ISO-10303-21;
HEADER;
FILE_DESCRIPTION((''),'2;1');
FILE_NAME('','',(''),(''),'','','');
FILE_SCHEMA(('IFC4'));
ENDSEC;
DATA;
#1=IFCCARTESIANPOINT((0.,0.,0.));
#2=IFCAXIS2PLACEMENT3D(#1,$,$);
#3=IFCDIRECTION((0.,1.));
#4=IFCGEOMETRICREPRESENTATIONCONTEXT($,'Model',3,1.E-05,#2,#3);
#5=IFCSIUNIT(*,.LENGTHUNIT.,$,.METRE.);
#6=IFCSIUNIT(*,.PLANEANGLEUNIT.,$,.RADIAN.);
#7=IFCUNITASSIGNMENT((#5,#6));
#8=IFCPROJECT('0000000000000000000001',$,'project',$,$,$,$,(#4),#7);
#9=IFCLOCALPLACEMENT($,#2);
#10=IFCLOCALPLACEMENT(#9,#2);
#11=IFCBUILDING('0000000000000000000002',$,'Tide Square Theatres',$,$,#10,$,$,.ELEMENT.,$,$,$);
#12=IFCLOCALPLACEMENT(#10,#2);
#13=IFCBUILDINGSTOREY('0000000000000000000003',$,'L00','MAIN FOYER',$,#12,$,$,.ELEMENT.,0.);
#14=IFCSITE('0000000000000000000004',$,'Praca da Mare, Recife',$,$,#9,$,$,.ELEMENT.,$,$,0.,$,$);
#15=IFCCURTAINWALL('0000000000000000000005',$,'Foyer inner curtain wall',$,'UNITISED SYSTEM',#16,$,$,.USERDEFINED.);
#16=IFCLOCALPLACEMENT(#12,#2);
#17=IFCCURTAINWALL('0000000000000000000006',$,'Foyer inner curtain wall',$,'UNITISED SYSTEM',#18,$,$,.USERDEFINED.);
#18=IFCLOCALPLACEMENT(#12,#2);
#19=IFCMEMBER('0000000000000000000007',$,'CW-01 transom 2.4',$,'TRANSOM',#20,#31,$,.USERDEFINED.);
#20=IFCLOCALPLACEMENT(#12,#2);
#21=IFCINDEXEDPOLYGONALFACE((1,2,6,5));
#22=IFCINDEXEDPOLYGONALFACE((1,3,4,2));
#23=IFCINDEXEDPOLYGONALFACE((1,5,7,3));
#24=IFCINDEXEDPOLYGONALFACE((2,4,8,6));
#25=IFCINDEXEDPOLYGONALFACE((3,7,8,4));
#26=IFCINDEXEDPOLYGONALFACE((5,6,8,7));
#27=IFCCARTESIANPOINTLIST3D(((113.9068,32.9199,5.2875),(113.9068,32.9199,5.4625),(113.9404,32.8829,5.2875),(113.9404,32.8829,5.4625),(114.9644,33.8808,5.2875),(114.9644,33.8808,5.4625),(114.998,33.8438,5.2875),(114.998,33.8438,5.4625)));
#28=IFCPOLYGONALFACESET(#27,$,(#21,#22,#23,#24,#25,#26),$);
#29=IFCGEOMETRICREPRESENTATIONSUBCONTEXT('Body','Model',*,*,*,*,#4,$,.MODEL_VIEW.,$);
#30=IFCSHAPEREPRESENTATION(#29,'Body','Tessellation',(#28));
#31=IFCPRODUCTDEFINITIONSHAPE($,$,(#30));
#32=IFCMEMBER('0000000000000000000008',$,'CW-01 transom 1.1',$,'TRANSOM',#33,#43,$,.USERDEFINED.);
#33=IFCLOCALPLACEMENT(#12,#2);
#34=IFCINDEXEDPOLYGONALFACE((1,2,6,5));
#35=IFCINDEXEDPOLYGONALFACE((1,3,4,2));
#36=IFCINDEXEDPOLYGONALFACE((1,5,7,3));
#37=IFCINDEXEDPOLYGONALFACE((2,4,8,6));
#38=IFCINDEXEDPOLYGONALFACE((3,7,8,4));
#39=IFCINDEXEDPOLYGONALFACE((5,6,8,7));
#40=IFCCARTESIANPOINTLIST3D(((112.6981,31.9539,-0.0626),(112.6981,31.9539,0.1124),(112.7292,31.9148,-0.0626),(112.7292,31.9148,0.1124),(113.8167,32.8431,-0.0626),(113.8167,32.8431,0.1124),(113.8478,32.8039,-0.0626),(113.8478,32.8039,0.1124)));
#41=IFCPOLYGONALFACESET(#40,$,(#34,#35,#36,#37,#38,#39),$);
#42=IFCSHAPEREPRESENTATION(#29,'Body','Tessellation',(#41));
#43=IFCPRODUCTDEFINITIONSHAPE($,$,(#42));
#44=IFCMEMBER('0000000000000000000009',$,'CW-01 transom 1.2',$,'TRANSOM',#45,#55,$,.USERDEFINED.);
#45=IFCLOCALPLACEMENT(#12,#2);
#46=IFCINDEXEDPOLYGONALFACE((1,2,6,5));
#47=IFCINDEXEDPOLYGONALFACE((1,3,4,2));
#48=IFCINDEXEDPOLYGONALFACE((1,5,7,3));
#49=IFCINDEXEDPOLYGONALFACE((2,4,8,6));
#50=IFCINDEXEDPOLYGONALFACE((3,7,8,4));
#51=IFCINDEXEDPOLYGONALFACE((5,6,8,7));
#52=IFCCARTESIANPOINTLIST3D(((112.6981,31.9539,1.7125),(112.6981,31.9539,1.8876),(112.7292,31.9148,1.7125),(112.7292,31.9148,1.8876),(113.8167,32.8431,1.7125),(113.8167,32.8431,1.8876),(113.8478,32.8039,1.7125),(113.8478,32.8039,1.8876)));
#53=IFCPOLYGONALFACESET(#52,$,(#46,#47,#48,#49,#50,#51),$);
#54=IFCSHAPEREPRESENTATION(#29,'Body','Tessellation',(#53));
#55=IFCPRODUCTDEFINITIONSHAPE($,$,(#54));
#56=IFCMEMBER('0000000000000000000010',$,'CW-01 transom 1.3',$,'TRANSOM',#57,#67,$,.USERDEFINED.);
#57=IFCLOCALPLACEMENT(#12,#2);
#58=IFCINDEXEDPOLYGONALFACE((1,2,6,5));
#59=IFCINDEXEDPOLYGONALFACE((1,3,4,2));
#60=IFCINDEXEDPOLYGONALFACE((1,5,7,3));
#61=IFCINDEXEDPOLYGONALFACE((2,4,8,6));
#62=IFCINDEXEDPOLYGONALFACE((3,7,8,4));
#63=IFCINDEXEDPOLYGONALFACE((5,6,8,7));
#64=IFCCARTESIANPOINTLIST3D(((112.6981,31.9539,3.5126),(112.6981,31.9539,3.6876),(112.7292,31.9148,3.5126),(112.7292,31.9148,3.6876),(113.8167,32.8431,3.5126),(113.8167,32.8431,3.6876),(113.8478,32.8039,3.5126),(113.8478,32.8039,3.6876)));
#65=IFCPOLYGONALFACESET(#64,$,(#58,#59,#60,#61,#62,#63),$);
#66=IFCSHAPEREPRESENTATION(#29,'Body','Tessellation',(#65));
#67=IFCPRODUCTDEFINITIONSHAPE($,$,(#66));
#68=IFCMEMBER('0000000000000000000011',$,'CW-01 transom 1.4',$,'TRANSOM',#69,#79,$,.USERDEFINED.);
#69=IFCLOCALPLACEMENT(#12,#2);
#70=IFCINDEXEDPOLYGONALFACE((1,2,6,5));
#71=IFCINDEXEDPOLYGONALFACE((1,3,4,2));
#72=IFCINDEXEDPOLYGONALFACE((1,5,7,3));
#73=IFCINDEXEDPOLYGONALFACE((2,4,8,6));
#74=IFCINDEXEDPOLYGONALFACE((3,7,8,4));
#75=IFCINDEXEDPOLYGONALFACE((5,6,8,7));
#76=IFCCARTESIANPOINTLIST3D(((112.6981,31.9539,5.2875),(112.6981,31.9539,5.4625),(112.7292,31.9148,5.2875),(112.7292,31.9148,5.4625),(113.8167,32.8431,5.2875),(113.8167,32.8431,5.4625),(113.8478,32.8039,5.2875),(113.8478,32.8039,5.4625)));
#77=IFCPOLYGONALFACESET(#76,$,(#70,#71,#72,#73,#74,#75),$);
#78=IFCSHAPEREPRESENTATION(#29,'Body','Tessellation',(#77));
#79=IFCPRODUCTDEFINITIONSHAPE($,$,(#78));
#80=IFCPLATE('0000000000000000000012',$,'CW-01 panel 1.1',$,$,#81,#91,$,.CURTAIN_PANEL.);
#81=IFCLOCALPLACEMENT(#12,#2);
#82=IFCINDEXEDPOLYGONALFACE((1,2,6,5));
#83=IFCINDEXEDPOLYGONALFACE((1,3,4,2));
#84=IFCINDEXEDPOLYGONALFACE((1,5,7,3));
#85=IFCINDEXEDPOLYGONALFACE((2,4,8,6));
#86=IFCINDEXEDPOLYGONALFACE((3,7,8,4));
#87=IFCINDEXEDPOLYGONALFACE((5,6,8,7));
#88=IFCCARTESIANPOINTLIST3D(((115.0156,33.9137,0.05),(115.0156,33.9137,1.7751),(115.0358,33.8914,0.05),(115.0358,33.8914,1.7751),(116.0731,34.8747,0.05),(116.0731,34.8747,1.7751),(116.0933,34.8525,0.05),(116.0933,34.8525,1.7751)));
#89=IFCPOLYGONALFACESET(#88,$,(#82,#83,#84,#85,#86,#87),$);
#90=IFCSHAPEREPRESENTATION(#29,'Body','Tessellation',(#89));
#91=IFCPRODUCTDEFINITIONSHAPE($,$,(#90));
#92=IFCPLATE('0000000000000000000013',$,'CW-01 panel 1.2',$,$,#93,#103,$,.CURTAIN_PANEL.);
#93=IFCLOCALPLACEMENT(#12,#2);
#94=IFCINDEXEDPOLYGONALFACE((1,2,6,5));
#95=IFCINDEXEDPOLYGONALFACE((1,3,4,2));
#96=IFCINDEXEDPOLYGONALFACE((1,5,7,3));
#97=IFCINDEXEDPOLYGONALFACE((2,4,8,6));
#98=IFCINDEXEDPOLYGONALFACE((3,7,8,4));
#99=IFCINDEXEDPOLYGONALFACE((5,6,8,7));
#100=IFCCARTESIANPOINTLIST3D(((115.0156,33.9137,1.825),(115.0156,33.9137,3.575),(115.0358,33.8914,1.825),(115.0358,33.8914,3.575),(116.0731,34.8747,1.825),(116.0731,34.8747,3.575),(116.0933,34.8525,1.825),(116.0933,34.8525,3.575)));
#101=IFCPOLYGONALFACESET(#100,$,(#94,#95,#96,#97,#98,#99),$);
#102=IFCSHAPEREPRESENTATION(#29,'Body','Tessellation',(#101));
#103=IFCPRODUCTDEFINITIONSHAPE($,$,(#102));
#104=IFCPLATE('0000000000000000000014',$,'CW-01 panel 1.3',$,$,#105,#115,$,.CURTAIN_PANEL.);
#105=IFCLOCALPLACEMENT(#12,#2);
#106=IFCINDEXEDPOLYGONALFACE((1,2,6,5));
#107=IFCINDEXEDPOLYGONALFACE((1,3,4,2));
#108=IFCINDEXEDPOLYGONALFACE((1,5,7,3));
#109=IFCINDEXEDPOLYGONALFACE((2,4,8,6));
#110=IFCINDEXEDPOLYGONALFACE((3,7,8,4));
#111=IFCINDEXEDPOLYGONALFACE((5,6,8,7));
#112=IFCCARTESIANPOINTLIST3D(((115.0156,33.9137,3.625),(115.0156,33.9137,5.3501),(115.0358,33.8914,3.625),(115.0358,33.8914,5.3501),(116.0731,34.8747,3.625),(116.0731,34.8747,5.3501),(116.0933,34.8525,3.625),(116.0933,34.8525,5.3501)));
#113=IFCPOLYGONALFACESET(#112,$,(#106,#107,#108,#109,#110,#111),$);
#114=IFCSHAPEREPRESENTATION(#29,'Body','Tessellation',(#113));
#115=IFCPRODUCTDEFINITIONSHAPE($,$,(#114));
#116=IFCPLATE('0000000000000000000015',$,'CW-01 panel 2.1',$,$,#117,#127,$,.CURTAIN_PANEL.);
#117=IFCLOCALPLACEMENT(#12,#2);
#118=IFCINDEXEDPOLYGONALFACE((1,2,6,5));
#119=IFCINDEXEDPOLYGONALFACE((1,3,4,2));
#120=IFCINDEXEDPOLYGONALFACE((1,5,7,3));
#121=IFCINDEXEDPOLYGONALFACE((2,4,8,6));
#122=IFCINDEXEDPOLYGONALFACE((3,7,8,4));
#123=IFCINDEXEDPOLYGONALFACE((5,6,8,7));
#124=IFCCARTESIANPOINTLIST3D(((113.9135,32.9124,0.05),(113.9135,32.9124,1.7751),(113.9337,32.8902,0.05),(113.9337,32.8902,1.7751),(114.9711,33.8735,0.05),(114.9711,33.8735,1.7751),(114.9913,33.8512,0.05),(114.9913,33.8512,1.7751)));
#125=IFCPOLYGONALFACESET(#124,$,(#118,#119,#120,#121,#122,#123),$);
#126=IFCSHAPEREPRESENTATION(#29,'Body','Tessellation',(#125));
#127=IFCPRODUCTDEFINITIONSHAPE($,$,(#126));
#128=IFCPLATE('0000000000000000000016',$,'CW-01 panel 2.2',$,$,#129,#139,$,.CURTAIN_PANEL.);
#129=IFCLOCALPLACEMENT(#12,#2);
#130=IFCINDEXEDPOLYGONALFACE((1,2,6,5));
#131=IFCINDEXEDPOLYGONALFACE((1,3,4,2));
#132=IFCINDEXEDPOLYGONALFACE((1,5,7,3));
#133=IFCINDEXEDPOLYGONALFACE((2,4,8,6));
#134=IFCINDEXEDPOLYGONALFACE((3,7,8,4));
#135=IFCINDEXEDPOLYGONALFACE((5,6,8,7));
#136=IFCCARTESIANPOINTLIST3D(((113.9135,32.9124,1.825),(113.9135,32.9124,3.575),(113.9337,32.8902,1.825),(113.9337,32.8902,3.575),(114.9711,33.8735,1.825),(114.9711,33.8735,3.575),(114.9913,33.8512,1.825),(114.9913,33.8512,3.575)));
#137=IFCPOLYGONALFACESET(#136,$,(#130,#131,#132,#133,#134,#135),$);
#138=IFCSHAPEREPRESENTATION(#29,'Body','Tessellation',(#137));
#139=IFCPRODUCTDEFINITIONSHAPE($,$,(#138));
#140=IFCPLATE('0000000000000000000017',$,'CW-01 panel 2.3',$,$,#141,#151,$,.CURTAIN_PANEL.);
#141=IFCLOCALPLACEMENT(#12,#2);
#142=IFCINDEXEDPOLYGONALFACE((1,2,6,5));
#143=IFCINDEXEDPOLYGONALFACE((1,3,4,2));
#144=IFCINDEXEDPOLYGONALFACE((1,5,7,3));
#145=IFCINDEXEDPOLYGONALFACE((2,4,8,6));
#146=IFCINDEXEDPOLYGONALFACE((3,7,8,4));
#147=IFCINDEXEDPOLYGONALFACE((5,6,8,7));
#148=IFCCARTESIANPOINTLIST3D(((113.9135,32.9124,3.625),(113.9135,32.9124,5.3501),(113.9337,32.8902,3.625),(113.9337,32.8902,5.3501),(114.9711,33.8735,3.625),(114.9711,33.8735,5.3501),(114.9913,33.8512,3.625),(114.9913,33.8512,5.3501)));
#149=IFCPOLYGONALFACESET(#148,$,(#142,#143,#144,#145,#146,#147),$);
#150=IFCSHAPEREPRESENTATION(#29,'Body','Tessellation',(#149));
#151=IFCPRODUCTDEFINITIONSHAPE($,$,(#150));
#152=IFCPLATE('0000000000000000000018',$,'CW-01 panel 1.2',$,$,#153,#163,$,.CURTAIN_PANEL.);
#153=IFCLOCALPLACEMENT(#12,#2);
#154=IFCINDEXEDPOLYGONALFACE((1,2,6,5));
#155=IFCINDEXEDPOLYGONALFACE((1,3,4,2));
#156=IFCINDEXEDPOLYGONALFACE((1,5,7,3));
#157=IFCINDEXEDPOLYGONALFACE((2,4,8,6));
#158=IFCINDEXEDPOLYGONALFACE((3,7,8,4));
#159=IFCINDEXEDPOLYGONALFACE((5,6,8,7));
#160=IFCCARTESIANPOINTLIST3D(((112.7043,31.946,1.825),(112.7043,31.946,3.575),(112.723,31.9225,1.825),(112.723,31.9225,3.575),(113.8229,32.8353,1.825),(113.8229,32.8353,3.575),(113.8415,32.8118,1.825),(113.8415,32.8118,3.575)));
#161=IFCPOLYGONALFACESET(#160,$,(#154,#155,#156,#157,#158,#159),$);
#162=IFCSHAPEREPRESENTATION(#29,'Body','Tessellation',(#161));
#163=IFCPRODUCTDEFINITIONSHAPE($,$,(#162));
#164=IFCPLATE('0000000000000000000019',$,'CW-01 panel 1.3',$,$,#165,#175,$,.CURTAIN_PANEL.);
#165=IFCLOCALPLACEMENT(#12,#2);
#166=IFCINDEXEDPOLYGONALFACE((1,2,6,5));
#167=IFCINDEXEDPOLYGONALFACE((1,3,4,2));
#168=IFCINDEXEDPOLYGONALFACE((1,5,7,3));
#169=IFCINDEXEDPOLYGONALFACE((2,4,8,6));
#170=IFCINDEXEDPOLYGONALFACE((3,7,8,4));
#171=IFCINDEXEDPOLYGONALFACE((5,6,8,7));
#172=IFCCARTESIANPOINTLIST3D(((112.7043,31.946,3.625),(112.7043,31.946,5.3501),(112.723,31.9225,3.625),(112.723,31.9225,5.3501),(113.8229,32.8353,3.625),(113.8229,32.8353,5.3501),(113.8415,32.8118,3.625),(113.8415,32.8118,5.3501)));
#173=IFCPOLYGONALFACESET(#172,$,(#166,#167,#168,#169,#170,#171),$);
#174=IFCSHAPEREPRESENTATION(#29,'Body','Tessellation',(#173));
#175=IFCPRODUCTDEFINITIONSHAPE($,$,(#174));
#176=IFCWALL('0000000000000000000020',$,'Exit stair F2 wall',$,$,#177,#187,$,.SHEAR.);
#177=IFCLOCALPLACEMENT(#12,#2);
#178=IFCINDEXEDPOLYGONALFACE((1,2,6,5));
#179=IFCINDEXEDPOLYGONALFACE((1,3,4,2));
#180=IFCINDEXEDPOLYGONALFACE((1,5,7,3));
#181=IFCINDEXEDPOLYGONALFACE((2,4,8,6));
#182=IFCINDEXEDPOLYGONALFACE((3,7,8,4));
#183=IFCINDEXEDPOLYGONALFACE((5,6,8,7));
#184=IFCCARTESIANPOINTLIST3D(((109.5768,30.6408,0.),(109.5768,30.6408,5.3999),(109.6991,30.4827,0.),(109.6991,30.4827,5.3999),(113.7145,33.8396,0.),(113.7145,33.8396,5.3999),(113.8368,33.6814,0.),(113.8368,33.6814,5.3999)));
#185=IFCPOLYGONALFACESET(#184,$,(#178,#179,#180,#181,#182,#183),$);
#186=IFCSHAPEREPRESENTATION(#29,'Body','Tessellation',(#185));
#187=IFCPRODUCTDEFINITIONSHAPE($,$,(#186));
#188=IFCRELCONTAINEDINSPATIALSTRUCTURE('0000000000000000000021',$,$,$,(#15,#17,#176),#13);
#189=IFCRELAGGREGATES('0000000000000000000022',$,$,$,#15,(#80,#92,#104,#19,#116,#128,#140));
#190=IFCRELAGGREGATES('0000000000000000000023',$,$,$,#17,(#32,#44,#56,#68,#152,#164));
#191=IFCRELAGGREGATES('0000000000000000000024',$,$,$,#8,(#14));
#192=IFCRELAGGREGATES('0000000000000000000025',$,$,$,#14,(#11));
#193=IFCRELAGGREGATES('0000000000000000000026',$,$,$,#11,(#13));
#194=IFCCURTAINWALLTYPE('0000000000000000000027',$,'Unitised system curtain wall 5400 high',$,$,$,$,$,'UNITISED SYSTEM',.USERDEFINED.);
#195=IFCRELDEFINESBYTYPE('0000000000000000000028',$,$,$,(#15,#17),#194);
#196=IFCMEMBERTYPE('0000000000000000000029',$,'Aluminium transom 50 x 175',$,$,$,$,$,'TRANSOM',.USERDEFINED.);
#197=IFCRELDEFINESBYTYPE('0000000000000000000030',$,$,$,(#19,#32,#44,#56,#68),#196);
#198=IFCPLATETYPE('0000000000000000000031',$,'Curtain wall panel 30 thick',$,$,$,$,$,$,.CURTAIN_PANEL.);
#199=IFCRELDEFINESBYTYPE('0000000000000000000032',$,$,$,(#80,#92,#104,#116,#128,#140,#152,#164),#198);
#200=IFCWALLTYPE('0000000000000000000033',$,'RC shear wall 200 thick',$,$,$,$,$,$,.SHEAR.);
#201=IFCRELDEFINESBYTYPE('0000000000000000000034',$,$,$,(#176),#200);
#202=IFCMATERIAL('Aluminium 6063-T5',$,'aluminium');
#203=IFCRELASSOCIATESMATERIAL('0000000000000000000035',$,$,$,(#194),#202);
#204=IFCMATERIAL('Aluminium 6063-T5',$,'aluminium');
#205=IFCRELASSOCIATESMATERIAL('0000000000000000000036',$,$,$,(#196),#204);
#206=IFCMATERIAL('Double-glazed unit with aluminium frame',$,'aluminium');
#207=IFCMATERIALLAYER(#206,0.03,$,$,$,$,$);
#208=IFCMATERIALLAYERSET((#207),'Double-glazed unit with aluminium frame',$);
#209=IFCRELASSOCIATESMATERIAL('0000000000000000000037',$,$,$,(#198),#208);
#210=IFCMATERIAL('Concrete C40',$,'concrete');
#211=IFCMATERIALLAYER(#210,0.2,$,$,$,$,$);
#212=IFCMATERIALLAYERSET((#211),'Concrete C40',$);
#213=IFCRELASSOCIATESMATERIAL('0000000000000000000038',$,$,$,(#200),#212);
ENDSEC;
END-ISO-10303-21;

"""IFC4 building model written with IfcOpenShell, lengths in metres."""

from ifc_helpers import new_model, si_unit, direction, frame, frame_2d, origin, origin_2d, place, context, subcontext, project, spatial, rectangle, extrude, material, layer, layer_set, material_profile, profile_set, type_object, element, aggregate, save


model = new_model("IFC4")

# Units and contexts
model_context = context("Model", 3, precision=1e-05, world=origin(), true_north=direction((0.0, 1.0)))
body_context = subcontext(model_context, "Body", "Model", "MODEL_VIEW")
ifc_project = project(units=[si_unit("LENGTHUNIT", "METRE"), si_unit("PLANEANGLEUNIT", "RADIAN")], contexts=[model_context])

# Site, building, storey
site_placement = place(None, origin())
site = spatial("IfcSite", under=ifc_project, at=site_placement, Name="Praca da Mare, Recife", CompositionType="ELEMENT", RefElevation=0.0)
building_placement = place(site_placement, origin())
building = spatial("IfcBuilding", under=site, at=building_placement, Name="Tide Square Theatres", CompositionType="ELEMENT")
storey_placement = place(building_placement, origin())
storey = spatial("IfcBuildingStorey", under=building, at=storey_placement, Name="L00", Description="MAIN FOYER", CompositionType="ELEMENT", Elevation=0.0)

# Curtain wall
ifc_material_1 = material(Name="Aluminium 6063-T5", Category="aluminium")
curtain_wall_type = type_object("IfcCurtainWallType", Name="Unitised system curtain wall 5400 high", ElementType="UNITISED SYSTEM", PredefinedType="USERDEFINED", material=ifc_material_1)
curtain_wall_1_placement = place(storey_placement, origin())
curtain_wall_1 = element("IfcCurtainWall", 1, at=curtain_wall_1_placement, inside=storey, type_object=curtain_wall_type, Name="Foyer inner curtain wall", ObjectType="UNITISED SYSTEM", PredefinedType="USERDEFINED")

# Curtain wall
curtain_wall_2_placement = place(storey_placement, origin())
curtain_wall_2 = element("IfcCurtainWall", 2, at=curtain_wall_2_placement, inside=storey, type_object=curtain_wall_type, Name="Foyer inner curtain wall", ObjectType="UNITISED SYSTEM", PredefinedType="USERDEFINED")

# Members
ifc_material_2 = material(Name="Aluminium 6063-T5", Category="aluminium")
ifc_material_profile_1 = material_profile(ifc_material_2, rectangle(XDim=0.05, YDim=0.175, at=origin_2d()))
ifc_profile_set_1 = profile_set([ifc_material_profile_1], Name="Aluminium 6063-T5")
member_type_1 = type_object("IfcMemberType", Name="Aluminium transom 50 x 175", ElementType="TRANSOM", PredefinedType="USERDEFINED", material=ifc_profile_set_1)
member_1_placement = place(storey_placement, frame((114.9812, 33.8623, 5.375), z_axis=(-0.740126, -0.672469, 0.0), x_axis=(0.672469, -0.740126, 0.0)))
member_1 = element("IfcMember", 3, at=member_1_placement, type_object=member_type_1, Name="CW-01 transom 2.4", ObjectType="TRANSOM", PredefinedType="USERDEFINED", context=body_context, shape_type="SweptSolid", body=[
    extrude(rectangle(XDim=0.05, YDim=0.175, at=origin_2d()), origin(), (0.0, 0.0, 1.0), 1.429),
])
member_2_placement = place(storey_placement, frame((113.8323, 32.8235, 0.0249), z_axis=(-0.782832, -0.622233, 0.0), x_axis=(0.622233, -0.782832, 0.0)))
member_2 = element("IfcMember", 4, at=member_2_placement, type_object=member_type_1, Name="CW-01 transom 1.1", ObjectType="TRANSOM", PredefinedType="USERDEFINED", context=body_context, shape_type="SweptSolid", body=[
    extrude(rectangle(XDim=0.05, YDim=0.175, at=origin_2d()), origin(), (0.0, 0.0, 1.0), 1.429),
])
member_3_placement = place(storey_placement, frame((113.8323, 32.8235, 1.8), z_axis=(-0.782832, -0.622233, 0.0), x_axis=(0.622233, -0.782832, 0.0)))
member_3 = element("IfcMember", 5, at=member_3_placement, type_object=member_type_1, Name="CW-01 transom 1.2", ObjectType="TRANSOM", PredefinedType="USERDEFINED", context=body_context, shape_type="SweptSolid", body=[
    extrude(rectangle(XDim=0.05, YDim=0.175, at=origin_2d()), origin(), (0.0, 0.0, 1.0), 1.429),
])
member_4_placement = place(storey_placement, frame((113.8323, 32.8235, 3.6001), z_axis=(-0.782832, -0.622233, 0.0), x_axis=(0.622233, -0.782832, 0.0)))
member_4 = element("IfcMember", 6, at=member_4_placement, type_object=member_type_1, Name="CW-01 transom 1.3", ObjectType="TRANSOM", PredefinedType="USERDEFINED", context=body_context, shape_type="SweptSolid", body=[
    extrude(rectangle(XDim=0.05, YDim=0.175, at=origin_2d()), origin(), (0.0, 0.0, 1.0), 1.429),
])
member_5_placement = place(storey_placement, frame((113.8323, 32.8235, 5.375), z_axis=(-0.782832, -0.622233, 0.0), x_axis=(0.622233, -0.782832, 0.0)))
member_5 = element("IfcMember", 7, at=member_5_placement, type_object=member_type_1, Name="CW-01 transom 1.4", ObjectType="TRANSOM", PredefinedType="USERDEFINED", context=body_context, shape_type="SweptSolid", body=[
    extrude(rectangle(XDim=0.05, YDim=0.175, at=origin_2d()), origin(), (0.0, 0.0, 1.0), 1.429),
])

# Plates
ifc_material_3 = material(Name="Double-glazed unit with aluminium frame", Category="aluminium")
ifc_layer_1 = layer(ifc_material_3, 0.03)
ifc_layer_set_1 = layer_set([ifc_layer_1], Name="Double-glazed unit with aluminium frame")
plate_type = type_object("IfcPlateType", Name="Curtain wall panel 30 thick", PredefinedType="CURTAIN_PANEL", material=ifc_layer_set_1)
plate_1_placement = place(storey_placement, frame((115.5544, 34.3831, 0.05), z_axis=(0.0, 0.0, 1.0), x_axis=(-0.740073, -0.672527, 0.0)))
plate_1 = element("IfcPlate", 8, at=plate_1_placement, type_object=plate_type, Name="CW-01 panel 1.1", PredefinedType="CURTAIN_PANEL", context=body_context, shape_type="SweptSolid", body=[
    extrude(rectangle(XDim=1.429, YDim=0.03, at=origin_2d()), origin(), (0.0, 0.0, 1.0), 1.7251),
])
plate_2_placement = place(storey_placement, frame((115.5544, 34.3831, 1.825), z_axis=(0.0, 0.0, 1.0), x_axis=(-0.740073, -0.672527, 0.0)))
plate_2 = element("IfcPlate", 9, at=plate_2_placement, type_object=plate_type, Name="CW-01 panel 1.2", PredefinedType="CURTAIN_PANEL", context=body_context, shape_type="SweptSolid", body=[
    extrude(rectangle(XDim=1.429, YDim=0.03, at=origin_2d()), origin(), (0.0, 0.0, 1.0), 1.75),
])
plate_3_placement = place(storey_placement, frame((115.5544, 34.3831, 3.625), z_axis=(0.0, 0.0, 1.0), x_axis=(-0.740073, -0.672527, 0.0)))
plate_3 = element("IfcPlate", 10, at=plate_3_placement, type_object=plate_type, Name="CW-01 panel 1.3", PredefinedType="CURTAIN_PANEL", context=body_context, shape_type="SweptSolid", body=[
    extrude(rectangle(XDim=1.429, YDim=0.03, at=origin_2d()), origin(), (0.0, 0.0, 1.0), 1.7251),
])
plate_4_placement = place(storey_placement, frame((114.4524, 33.3818, 0.05), z_axis=(0.0, 0.0, 1.0), x_axis=(-0.740073, -0.672527, 0.0)))
plate_4 = element("IfcPlate", 11, at=plate_4_placement, type_object=plate_type, Name="CW-01 panel 2.1", PredefinedType="CURTAIN_PANEL", context=body_context, shape_type="SweptSolid", body=[
    extrude(rectangle(XDim=1.429, YDim=0.03, at=origin_2d()), origin(), (0.0, 0.0, 1.0), 1.7251),
])
plate_5_placement = place(storey_placement, frame((114.4524, 33.3818, 1.825), z_axis=(0.0, 0.0, 1.0), x_axis=(-0.740073, -0.672527, 0.0)))
plate_5 = element("IfcPlate", 12, at=plate_5_placement, type_object=plate_type, Name="CW-01 panel 2.2", PredefinedType="CURTAIN_PANEL", context=body_context, shape_type="SweptSolid", body=[
    extrude(rectangle(XDim=1.429, YDim=0.03, at=origin_2d()), origin(), (0.0, 0.0, 1.0), 1.75),
])
plate_6_placement = place(storey_placement, frame((114.4524, 33.3818, 3.625), z_axis=(0.0, 0.0, 1.0), x_axis=(-0.740073, -0.672527, 0.0)))
plate_6 = element("IfcPlate", 13, at=plate_6_placement, type_object=plate_type, Name="CW-01 panel 2.3", PredefinedType="CURTAIN_PANEL", context=body_context, shape_type="SweptSolid", body=[
    extrude(rectangle(XDim=1.429, YDim=0.03, at=origin_2d()), origin(), (0.0, 0.0, 1.0), 1.7251),
])
aggregate(curtain_wall_1, [plate_1, plate_2, plate_3, member_1, plate_4, plate_5, plate_6])
plate_7_placement = place(storey_placement, frame((113.2729, 32.3789, 1.825), z_axis=(0.0, 0.0, 1.0), x_axis=(-0.782747, -0.62234, 0.0)))
plate_7 = element("IfcPlate", 14, at=plate_7_placement, type_object=plate_type, Name="CW-01 panel 1.2", PredefinedType="CURTAIN_PANEL", context=body_context, shape_type="SweptSolid", body=[
    extrude(rectangle(XDim=1.429, YDim=0.03, at=origin_2d()), origin(), (0.0, 0.0, 1.0), 1.75),
])
plate_8_placement = place(storey_placement, frame((113.2729, 32.3789, 3.625), z_axis=(0.0, 0.0, 1.0), x_axis=(-0.782747, -0.62234, 0.0)))
plate_8 = element("IfcPlate", 15, at=plate_8_placement, type_object=plate_type, Name="CW-01 panel 1.3", PredefinedType="CURTAIN_PANEL", context=body_context, shape_type="SweptSolid", body=[
    extrude(rectangle(XDim=1.429, YDim=0.03, at=origin_2d()), origin(), (0.0, 0.0, 1.0), 1.7251),
])
aggregate(curtain_wall_2, [member_2, member_3, member_4, member_5, plate_7, plate_8])

# Wall
ifc_material_4 = material(Name="Concrete C40", Category="concrete")
ifc_layer_2 = layer(ifc_material_4, 0.2)
ifc_layer_set_2 = layer_set([ifc_layer_2], Name="Concrete C40")
wall_type = type_object("IfcWallType", Name="RC shear wall 200 thick", PredefinedType="SHEAR", material=ifc_layer_set_2)
wall_placement = place(storey_placement, frame((113.7756, 33.7605, 0.0), z_axis=(0.0, 0.0, 1.0), x_axis=(-0.791154, -0.611618, 0.0)))
element("IfcWall", 16, at=wall_placement, inside=storey, type_object=wall_type, Name="Exit stair F2 wall", PredefinedType="SHEAR", context=body_context, shape_type="SweptSolid", body=[
    extrude(rectangle(XDim=5.23, YDim=0.2, at=frame_2d((2.615, 0.0))), origin(), (0.0, 0.0, 1.0), 5.3999),
])

save(model, "model.ifc")
